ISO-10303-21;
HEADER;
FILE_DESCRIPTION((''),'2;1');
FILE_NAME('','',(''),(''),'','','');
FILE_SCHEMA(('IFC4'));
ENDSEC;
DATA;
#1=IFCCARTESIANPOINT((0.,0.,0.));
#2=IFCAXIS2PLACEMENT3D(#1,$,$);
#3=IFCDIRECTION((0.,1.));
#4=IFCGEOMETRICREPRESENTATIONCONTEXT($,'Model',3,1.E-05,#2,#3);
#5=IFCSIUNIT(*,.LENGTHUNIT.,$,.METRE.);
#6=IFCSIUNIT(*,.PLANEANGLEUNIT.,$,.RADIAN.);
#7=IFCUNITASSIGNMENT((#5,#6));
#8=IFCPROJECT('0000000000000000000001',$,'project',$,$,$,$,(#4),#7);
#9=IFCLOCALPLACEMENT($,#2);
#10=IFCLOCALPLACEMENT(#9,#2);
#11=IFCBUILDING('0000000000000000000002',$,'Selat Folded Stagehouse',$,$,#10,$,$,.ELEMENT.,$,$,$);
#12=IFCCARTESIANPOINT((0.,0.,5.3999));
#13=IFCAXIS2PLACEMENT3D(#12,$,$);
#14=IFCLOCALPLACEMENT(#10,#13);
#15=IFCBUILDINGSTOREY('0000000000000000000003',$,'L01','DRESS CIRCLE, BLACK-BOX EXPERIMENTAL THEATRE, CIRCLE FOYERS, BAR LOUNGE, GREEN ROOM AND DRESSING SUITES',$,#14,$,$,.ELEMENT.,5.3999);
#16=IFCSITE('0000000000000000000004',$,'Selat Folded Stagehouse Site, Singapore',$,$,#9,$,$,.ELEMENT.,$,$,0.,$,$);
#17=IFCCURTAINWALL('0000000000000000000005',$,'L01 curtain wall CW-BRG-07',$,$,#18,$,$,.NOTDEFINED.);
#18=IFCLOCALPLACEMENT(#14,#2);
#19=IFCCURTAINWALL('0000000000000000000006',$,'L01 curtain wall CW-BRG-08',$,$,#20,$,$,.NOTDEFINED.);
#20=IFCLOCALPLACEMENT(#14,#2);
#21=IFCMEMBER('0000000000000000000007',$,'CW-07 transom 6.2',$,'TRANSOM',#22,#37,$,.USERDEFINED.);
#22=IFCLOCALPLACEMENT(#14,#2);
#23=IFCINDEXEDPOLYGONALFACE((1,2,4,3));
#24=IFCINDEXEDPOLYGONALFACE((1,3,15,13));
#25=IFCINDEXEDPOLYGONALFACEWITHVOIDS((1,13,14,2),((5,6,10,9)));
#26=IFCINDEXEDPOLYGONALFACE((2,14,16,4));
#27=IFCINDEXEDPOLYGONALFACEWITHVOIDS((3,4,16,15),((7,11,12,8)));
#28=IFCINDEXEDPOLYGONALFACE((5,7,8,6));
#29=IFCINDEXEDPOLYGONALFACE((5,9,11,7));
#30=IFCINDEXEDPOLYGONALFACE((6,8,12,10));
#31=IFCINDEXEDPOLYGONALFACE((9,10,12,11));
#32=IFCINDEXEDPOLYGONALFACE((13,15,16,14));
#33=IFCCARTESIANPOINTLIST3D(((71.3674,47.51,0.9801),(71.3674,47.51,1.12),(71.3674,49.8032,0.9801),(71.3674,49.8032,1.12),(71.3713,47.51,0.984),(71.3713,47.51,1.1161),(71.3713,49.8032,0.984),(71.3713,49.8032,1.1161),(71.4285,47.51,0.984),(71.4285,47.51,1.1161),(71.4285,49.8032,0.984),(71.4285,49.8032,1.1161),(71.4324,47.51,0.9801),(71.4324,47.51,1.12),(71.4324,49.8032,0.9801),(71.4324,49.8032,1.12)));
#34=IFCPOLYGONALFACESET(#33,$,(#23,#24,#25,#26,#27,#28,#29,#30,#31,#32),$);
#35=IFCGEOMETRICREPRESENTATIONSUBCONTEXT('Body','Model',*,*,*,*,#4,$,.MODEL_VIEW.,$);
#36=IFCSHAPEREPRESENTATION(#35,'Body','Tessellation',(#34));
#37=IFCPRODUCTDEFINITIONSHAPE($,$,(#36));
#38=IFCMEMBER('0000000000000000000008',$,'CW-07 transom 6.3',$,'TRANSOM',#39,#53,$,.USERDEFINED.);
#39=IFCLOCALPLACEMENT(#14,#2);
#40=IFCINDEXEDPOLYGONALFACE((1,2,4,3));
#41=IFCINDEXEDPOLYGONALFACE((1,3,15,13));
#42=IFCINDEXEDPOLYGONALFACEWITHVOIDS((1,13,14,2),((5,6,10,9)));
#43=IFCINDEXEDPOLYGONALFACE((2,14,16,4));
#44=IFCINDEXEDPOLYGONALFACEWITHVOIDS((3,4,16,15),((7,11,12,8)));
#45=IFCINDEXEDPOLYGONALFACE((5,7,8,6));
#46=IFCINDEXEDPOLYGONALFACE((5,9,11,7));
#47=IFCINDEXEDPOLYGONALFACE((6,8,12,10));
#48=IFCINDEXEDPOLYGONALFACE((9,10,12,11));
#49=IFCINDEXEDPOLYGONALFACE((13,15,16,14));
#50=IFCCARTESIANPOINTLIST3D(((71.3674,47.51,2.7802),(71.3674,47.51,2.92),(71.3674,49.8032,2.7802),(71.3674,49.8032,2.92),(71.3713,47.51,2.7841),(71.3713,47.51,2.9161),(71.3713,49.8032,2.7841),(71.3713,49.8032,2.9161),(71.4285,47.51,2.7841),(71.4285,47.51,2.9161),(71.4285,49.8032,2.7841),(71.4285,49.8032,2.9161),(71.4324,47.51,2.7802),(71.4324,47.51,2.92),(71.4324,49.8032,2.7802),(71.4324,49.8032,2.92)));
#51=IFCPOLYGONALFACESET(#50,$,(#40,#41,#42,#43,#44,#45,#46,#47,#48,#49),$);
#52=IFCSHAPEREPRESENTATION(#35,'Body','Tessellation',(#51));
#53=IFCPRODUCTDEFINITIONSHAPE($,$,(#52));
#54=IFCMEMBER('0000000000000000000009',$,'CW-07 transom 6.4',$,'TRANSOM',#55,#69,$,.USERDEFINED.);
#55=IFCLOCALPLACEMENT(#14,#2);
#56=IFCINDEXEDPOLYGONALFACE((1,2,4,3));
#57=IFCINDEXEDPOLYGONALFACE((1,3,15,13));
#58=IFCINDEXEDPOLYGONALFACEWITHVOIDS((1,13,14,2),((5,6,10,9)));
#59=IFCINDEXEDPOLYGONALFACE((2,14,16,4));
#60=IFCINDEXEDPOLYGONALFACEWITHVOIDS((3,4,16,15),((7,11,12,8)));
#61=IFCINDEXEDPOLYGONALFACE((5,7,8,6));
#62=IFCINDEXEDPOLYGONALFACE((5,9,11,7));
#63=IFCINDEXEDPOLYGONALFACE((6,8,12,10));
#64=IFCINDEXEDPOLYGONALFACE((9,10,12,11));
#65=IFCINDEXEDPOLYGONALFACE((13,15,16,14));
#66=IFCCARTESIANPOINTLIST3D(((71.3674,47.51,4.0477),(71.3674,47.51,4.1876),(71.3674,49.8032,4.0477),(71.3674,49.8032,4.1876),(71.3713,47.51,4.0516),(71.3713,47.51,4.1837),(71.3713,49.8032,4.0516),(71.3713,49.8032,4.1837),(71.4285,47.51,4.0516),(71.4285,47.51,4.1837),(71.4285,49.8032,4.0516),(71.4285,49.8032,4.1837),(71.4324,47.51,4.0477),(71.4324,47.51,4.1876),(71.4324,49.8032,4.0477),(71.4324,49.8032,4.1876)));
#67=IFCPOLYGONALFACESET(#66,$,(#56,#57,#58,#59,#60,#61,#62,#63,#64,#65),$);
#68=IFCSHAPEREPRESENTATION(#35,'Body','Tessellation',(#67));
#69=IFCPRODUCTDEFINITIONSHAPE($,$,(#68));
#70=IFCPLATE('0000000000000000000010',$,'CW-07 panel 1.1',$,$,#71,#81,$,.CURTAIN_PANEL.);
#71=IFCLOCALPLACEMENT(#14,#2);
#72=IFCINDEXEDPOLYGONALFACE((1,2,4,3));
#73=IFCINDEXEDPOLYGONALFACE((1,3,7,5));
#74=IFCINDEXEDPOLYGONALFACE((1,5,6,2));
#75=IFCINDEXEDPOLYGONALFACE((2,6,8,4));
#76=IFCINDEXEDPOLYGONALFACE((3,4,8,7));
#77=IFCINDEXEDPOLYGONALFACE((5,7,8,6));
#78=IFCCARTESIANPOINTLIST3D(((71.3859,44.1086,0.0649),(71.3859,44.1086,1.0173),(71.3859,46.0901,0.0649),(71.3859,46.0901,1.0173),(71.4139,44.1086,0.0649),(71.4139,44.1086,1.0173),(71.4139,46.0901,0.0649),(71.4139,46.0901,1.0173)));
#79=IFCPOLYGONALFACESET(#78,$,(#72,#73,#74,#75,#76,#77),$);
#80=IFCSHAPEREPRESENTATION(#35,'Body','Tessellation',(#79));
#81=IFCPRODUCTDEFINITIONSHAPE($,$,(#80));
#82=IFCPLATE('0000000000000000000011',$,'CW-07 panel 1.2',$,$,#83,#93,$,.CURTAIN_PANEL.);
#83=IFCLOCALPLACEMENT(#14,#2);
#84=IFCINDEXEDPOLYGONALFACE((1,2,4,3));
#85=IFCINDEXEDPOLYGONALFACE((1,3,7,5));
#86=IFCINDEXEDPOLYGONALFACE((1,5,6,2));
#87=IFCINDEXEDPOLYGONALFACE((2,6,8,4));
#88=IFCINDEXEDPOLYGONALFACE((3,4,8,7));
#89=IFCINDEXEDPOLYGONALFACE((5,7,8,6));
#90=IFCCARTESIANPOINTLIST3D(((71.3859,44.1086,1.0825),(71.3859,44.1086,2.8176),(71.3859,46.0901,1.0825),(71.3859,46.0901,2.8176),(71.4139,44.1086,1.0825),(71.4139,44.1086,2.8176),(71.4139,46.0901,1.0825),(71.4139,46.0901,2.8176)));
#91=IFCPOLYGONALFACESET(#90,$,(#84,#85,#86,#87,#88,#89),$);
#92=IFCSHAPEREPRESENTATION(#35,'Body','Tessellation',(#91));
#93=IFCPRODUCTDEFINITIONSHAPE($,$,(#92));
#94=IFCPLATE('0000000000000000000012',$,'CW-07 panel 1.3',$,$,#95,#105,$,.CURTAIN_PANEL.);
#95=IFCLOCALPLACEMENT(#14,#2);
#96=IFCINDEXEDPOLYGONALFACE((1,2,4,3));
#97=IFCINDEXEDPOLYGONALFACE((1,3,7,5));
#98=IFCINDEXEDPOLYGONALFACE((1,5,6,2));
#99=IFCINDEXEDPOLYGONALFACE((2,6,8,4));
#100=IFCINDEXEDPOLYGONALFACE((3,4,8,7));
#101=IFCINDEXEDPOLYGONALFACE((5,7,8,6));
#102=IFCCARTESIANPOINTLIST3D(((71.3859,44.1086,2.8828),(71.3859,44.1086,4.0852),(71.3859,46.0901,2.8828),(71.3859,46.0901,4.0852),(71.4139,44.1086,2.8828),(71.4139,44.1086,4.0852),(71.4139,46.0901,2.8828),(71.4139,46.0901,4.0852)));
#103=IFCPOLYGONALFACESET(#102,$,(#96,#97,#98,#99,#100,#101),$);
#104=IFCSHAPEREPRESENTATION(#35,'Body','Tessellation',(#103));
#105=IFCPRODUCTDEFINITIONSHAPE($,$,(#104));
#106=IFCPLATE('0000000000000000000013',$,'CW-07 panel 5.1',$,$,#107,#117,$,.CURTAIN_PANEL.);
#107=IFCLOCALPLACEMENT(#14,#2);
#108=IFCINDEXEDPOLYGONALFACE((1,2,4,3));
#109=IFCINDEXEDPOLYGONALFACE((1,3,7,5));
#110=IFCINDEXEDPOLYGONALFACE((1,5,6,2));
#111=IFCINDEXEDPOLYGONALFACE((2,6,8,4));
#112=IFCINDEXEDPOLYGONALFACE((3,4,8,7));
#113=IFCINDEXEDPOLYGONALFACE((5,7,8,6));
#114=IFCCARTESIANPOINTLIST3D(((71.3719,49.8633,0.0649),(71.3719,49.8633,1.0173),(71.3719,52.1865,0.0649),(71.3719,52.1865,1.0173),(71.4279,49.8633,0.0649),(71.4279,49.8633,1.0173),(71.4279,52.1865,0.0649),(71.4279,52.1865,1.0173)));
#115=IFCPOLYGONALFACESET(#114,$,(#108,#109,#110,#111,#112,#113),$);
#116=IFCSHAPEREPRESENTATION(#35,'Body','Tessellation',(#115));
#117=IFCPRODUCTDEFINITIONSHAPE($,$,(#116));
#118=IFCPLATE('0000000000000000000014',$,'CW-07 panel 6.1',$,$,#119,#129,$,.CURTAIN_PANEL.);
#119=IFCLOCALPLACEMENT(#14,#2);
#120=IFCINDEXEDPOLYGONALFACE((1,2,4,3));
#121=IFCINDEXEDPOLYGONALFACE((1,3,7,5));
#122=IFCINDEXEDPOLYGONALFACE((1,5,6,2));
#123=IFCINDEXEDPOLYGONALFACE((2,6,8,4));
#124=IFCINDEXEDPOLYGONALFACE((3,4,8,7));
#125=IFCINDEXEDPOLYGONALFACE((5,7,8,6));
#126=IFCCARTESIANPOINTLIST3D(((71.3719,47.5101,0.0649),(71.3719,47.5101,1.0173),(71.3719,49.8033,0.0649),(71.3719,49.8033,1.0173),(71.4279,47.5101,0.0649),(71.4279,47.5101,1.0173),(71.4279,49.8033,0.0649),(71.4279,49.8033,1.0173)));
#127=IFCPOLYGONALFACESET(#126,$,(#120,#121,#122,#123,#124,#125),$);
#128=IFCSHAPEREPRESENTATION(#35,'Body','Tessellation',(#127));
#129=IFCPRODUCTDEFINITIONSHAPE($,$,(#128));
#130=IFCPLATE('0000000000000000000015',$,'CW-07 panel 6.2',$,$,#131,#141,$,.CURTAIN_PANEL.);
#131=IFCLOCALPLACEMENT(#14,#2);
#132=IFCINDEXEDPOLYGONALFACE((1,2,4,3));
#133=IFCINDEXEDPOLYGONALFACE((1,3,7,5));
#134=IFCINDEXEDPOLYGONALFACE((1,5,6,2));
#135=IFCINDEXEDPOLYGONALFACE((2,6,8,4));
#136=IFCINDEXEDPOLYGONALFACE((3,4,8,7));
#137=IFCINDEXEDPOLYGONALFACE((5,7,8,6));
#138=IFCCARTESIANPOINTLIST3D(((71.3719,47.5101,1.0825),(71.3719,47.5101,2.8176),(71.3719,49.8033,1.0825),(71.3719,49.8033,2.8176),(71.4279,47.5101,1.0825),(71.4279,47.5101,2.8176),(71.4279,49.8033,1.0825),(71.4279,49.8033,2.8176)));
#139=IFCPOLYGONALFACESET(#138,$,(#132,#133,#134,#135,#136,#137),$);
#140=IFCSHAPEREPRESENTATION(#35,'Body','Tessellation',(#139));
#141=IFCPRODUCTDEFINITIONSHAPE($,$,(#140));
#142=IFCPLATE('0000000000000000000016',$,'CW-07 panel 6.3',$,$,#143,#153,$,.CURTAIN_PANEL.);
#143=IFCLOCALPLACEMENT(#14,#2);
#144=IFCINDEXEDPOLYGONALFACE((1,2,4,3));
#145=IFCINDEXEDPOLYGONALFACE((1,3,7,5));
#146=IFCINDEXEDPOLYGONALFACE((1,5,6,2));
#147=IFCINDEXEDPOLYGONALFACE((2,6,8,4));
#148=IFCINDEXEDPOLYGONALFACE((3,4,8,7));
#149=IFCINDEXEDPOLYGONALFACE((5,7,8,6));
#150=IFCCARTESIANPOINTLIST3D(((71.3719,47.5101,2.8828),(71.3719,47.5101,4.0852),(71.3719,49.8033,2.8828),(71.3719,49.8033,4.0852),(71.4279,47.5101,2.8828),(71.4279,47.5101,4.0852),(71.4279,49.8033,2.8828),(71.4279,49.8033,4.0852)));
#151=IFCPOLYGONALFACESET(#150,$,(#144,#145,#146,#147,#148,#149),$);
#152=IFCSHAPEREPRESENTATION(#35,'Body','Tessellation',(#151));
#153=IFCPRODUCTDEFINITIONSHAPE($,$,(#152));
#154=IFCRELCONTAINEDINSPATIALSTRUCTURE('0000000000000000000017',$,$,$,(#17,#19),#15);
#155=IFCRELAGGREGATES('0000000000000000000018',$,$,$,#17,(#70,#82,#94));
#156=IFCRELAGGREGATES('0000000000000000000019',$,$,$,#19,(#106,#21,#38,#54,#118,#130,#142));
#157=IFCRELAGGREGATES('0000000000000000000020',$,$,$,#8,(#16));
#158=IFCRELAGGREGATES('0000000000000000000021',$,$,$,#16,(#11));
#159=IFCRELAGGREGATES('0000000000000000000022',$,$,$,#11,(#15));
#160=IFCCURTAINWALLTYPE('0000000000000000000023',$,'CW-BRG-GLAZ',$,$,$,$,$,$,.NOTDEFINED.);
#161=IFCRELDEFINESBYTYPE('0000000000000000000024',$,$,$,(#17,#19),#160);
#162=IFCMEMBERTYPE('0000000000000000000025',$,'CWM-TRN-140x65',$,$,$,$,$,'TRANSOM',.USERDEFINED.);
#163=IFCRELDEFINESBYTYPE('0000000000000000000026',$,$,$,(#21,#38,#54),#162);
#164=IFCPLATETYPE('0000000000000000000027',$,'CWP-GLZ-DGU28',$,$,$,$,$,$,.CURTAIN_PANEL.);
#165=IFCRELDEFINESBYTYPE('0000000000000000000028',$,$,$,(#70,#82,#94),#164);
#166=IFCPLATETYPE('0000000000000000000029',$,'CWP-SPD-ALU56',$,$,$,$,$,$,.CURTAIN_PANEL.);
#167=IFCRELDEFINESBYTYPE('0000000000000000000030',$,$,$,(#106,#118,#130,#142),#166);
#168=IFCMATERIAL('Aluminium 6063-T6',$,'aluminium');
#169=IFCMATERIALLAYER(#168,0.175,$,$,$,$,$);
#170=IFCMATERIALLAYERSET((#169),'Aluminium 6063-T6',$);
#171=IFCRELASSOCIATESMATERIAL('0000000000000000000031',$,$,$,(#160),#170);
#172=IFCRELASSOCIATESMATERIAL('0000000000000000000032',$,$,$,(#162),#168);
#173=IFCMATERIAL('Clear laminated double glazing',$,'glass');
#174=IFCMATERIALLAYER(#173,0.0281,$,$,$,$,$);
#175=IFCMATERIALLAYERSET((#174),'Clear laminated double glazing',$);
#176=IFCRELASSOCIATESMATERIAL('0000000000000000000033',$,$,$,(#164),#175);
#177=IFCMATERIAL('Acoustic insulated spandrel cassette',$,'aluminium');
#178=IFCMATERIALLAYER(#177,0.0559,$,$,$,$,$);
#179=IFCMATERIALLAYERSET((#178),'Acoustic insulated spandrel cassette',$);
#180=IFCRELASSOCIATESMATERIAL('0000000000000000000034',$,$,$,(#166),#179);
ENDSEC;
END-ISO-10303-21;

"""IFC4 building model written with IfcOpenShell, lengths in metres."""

from ifc_helpers import new_model, si_unit, direction, frame, origin, origin_2d, place, context, subcontext, project, spatial, rectangle, hollow_rectangle, extrude, material, layer, layer_set, material_profile, profile_set, type_object, element, aggregate, save


model = new_model("IFC4")

# Units and contexts
model_context = context("Model", 3, precision=1e-05, world=origin(), true_north=direction((0.0, 1.0)))
body_context = subcontext(model_context, "Body", "Model", "MODEL_VIEW")
ifc_project = project(units=[si_unit("LENGTHUNIT", "METRE"), si_unit("PLANEANGLEUNIT", "RADIAN")], contexts=[model_context])

# Site, building, storey
site_placement = place(None, origin())
site = spatial("IfcSite", under=ifc_project, at=site_placement, Name="Selat Folded Stagehouse Site, Singapore", CompositionType="ELEMENT", RefElevation=0.0)
building_placement = place(site_placement, origin())
building = spatial("IfcBuilding", under=site, at=building_placement, Name="Selat Folded Stagehouse", CompositionType="ELEMENT")
storey_placement = place(building_placement, frame((0.0, 0.0, 5.3999)))
storey = spatial("IfcBuildingStorey", under=building, at=storey_placement, Name="L01", Description="DRESS CIRCLE, BLACK-BOX EXPERIMENTAL THEATRE, CIRCLE FOYERS, BAR LOUNGE, GREEN ROOM AND DRESSING SUITES", CompositionType="ELEMENT", Elevation=5.3999)

# Curtain walls
ifc_material_1 = material(Name="Aluminium 6063-T6", Category="aluminium")
ifc_layer_1 = layer(ifc_material_1, 0.175)
ifc_layer_set_1 = layer_set([ifc_layer_1], Name="Aluminium 6063-T6")
curtain_wall_type = type_object("IfcCurtainWallType", Name="CW-BRG-GLAZ", PredefinedType="NOTDEFINED", material=ifc_layer_set_1)
curtain_wall_1_placement = place(storey_placement, origin())
curtain_wall_1 = element("IfcCurtainWall", 1, at=curtain_wall_1_placement, inside=storey, type_object=curtain_wall_type, Name="L01 curtain wall CW-BRG-07", PredefinedType="NOTDEFINED")
curtain_wall_2_placement = place(storey_placement, origin())
curtain_wall_2 = element("IfcCurtainWall", 2, at=curtain_wall_2_placement, inside=storey, type_object=curtain_wall_type, Name="L01 curtain wall CW-BRG-08", PredefinedType="NOTDEFINED")

# Members
ifc_material_profile_1 = material_profile(ifc_material_1, hollow_rectangle(XDim=0.0649, YDim=0.1399, WallThickness=0.0039, at=origin_2d()), Name="ALU 140x65x4.0")
ifc_profile_set_1 = profile_set([ifc_material_profile_1], Name="Aluminium 6063-T6")
member_type_1 = type_object("IfcMemberType", Name="CWM-TRN-140x65", ElementType="TRANSOM", PredefinedType="USERDEFINED", material=ifc_profile_set_1)
member_1_placement = place(storey_placement, frame((71.3999, 49.8032, 1.05), z_axis=(0.0, -1.0, 0.0), x_axis=(1.0, 0.0, 0.0)))
member_1 = element("IfcMember", 3, at=member_1_placement, type_object=member_type_1, Name="CW-07 transom 6.2", ObjectType="TRANSOM", PredefinedType="USERDEFINED", context=body_context, shape_type="SweptSolid", body=[
    extrude(hollow_rectangle(XDim=0.0649, YDim=0.1399, WallThickness=0.0039, at=origin_2d()), origin(), (0.0, 0.0, 1.0), 2.2932),
])
member_2_placement = place(storey_placement, frame((71.3999, 49.8032, 2.8501), z_axis=(0.0, -1.0, 0.0), x_axis=(1.0, 0.0, 0.0)))
member_2 = element("IfcMember", 4, at=member_2_placement, type_object=member_type_1, Name="CW-07 transom 6.3", ObjectType="TRANSOM", PredefinedType="USERDEFINED", context=body_context, shape_type="SweptSolid", body=[
    extrude(hollow_rectangle(XDim=0.0649, YDim=0.1399, WallThickness=0.0039, at=origin_2d()), origin(), (0.0, 0.0, 1.0), 2.2932),
])
member_3_placement = place(storey_placement, frame((71.3999, 49.8032, 4.1177), z_axis=(0.0, -1.0, 0.0), x_axis=(1.0, 0.0, 0.0)))
member_3 = element("IfcMember", 5, at=member_3_placement, type_object=member_type_1, Name="CW-07 transom 6.4", ObjectType="TRANSOM", PredefinedType="USERDEFINED", context=body_context, shape_type="SweptSolid", body=[
    extrude(hollow_rectangle(XDim=0.0649, YDim=0.1399, WallThickness=0.0039, at=origin_2d()), origin(), (0.0, 0.0, 1.0), 2.2932),
])

# Plates
ifc_material_2 = material(Name="Clear laminated double glazing", Category="glass")
ifc_layer_2 = layer(ifc_material_2, 0.0281)
ifc_layer_set_2 = layer_set([ifc_layer_2], Name="Clear laminated double glazing")
plate_type_1 = type_object("IfcPlateType", Name="CWP-GLZ-DGU28", PredefinedType="CURTAIN_PANEL", material=ifc_layer_set_2)
plate_1_placement = place(storey_placement, frame((71.3999, 45.0994, 0.0649), z_axis=(0.0, 0.0, 1.0), x_axis=(0.0, -1.0, 0.0)))
plate_1 = element("IfcPlate", 6, at=plate_1_placement, type_object=plate_type_1, Name="CW-07 panel 1.1", PredefinedType="CURTAIN_PANEL", context=body_context, shape_type="SweptSolid", body=[
    extrude(rectangle(XDim=1.9814, YDim=0.0281, at=origin_2d()), origin(), (0.0, 0.0, 1.0), 0.9524),
])
plate_2_placement = place(storey_placement, frame((71.3999, 45.0994, 1.0825), z_axis=(0.0, 0.0, 1.0), x_axis=(0.0, -1.0, 0.0)))
plate_2 = element("IfcPlate", 7, at=plate_2_placement, type_object=plate_type_1, Name="CW-07 panel 1.2", PredefinedType="CURTAIN_PANEL", context=body_context, shape_type="SweptSolid", body=[
    extrude(rectangle(XDim=1.9814, YDim=0.0281, at=origin_2d()), origin(), (0.0, 0.0, 1.0), 1.7351),
])
plate_3_placement = place(storey_placement, frame((71.3999, 45.0994, 2.8828), z_axis=(0.0, 0.0, 1.0), x_axis=(0.0, -1.0, 0.0)))
plate_3 = element("IfcPlate", 8, at=plate_3_placement, type_object=plate_type_1, Name="CW-07 panel 1.3", PredefinedType="CURTAIN_PANEL", context=body_context, shape_type="SweptSolid", body=[
    extrude(rectangle(XDim=1.9814, YDim=0.0281, at=origin_2d()), origin(), (0.0, 0.0, 1.0), 1.2024),
])
aggregate(curtain_wall_1, [plate_1, plate_2, plate_3])
ifc_material_3 = material(Name="Acoustic insulated spandrel cassette", Category="aluminium")
ifc_layer_3 = layer(ifc_material_3, 0.0559)
ifc_layer_set_3 = layer_set([ifc_layer_3], Name="Acoustic insulated spandrel cassette")
plate_type_2 = type_object("IfcPlateType", Name="CWP-SPD-ALU56", PredefinedType="CURTAIN_PANEL", material=ifc_layer_set_3)
plate_4_placement = place(storey_placement, frame((71.3999, 51.0249, 0.0649), z_axis=(0.0, 0.0, 1.0), x_axis=(0.0, -1.0, 0.0)))
plate_4 = element("IfcPlate", 9, at=plate_4_placement, type_object=plate_type_2, Name="CW-07 panel 5.1", PredefinedType="CURTAIN_PANEL", context=body_context, shape_type="SweptSolid", body=[
    extrude(rectangle(XDim=2.3232, YDim=0.0559, at=origin_2d()), origin(), (0.0, 0.0, 1.0), 0.9524),
])
plate_5_placement = place(storey_placement, frame((71.3999, 48.6567, 0.0649), z_axis=(0.0, 0.0, 1.0), x_axis=(0.0, -1.0, 0.0)))
plate_5 = element("IfcPlate", 10, at=plate_5_placement, type_object=plate_type_2, Name="CW-07 panel 6.1", PredefinedType="CURTAIN_PANEL", context=body_context, shape_type="SweptSolid", body=[
    extrude(rectangle(XDim=2.2932, YDim=0.0559, at=origin_2d()), origin(), (0.0, 0.0, 1.0), 0.9524),
])
plate_6_placement = place(storey_placement, frame((71.3999, 48.6567, 1.0825), z_axis=(0.0, 0.0, 1.0), x_axis=(0.0, -1.0, 0.0)))
plate_6 = element("IfcPlate", 11, at=plate_6_placement, type_object=plate_type_2, Name="CW-07 panel 6.2", PredefinedType="CURTAIN_PANEL", context=body_context, shape_type="SweptSolid", body=[
    extrude(rectangle(XDim=2.2932, YDim=0.0559, at=origin_2d()), origin(), (0.0, 0.0, 1.0), 1.7351),
])
plate_7_placement = place(storey_placement, frame((71.3999, 48.6567, 2.8828), z_axis=(0.0, 0.0, 1.0), x_axis=(0.0, -1.0, 0.0)))
plate_7 = element("IfcPlate", 12, at=plate_7_placement, type_object=plate_type_2, Name="CW-07 panel 6.3", PredefinedType="CURTAIN_PANEL", context=body_context, shape_type="SweptSolid", body=[
    extrude(rectangle(XDim=2.2932, YDim=0.0559, at=origin_2d()), origin(), (0.0, 0.0, 1.0), 1.2024),
])
aggregate(curtain_wall_2, [plate_4, member_1, member_2, member_3, plate_5, plate_6, plate_7])

save(model, "model.ifc")
